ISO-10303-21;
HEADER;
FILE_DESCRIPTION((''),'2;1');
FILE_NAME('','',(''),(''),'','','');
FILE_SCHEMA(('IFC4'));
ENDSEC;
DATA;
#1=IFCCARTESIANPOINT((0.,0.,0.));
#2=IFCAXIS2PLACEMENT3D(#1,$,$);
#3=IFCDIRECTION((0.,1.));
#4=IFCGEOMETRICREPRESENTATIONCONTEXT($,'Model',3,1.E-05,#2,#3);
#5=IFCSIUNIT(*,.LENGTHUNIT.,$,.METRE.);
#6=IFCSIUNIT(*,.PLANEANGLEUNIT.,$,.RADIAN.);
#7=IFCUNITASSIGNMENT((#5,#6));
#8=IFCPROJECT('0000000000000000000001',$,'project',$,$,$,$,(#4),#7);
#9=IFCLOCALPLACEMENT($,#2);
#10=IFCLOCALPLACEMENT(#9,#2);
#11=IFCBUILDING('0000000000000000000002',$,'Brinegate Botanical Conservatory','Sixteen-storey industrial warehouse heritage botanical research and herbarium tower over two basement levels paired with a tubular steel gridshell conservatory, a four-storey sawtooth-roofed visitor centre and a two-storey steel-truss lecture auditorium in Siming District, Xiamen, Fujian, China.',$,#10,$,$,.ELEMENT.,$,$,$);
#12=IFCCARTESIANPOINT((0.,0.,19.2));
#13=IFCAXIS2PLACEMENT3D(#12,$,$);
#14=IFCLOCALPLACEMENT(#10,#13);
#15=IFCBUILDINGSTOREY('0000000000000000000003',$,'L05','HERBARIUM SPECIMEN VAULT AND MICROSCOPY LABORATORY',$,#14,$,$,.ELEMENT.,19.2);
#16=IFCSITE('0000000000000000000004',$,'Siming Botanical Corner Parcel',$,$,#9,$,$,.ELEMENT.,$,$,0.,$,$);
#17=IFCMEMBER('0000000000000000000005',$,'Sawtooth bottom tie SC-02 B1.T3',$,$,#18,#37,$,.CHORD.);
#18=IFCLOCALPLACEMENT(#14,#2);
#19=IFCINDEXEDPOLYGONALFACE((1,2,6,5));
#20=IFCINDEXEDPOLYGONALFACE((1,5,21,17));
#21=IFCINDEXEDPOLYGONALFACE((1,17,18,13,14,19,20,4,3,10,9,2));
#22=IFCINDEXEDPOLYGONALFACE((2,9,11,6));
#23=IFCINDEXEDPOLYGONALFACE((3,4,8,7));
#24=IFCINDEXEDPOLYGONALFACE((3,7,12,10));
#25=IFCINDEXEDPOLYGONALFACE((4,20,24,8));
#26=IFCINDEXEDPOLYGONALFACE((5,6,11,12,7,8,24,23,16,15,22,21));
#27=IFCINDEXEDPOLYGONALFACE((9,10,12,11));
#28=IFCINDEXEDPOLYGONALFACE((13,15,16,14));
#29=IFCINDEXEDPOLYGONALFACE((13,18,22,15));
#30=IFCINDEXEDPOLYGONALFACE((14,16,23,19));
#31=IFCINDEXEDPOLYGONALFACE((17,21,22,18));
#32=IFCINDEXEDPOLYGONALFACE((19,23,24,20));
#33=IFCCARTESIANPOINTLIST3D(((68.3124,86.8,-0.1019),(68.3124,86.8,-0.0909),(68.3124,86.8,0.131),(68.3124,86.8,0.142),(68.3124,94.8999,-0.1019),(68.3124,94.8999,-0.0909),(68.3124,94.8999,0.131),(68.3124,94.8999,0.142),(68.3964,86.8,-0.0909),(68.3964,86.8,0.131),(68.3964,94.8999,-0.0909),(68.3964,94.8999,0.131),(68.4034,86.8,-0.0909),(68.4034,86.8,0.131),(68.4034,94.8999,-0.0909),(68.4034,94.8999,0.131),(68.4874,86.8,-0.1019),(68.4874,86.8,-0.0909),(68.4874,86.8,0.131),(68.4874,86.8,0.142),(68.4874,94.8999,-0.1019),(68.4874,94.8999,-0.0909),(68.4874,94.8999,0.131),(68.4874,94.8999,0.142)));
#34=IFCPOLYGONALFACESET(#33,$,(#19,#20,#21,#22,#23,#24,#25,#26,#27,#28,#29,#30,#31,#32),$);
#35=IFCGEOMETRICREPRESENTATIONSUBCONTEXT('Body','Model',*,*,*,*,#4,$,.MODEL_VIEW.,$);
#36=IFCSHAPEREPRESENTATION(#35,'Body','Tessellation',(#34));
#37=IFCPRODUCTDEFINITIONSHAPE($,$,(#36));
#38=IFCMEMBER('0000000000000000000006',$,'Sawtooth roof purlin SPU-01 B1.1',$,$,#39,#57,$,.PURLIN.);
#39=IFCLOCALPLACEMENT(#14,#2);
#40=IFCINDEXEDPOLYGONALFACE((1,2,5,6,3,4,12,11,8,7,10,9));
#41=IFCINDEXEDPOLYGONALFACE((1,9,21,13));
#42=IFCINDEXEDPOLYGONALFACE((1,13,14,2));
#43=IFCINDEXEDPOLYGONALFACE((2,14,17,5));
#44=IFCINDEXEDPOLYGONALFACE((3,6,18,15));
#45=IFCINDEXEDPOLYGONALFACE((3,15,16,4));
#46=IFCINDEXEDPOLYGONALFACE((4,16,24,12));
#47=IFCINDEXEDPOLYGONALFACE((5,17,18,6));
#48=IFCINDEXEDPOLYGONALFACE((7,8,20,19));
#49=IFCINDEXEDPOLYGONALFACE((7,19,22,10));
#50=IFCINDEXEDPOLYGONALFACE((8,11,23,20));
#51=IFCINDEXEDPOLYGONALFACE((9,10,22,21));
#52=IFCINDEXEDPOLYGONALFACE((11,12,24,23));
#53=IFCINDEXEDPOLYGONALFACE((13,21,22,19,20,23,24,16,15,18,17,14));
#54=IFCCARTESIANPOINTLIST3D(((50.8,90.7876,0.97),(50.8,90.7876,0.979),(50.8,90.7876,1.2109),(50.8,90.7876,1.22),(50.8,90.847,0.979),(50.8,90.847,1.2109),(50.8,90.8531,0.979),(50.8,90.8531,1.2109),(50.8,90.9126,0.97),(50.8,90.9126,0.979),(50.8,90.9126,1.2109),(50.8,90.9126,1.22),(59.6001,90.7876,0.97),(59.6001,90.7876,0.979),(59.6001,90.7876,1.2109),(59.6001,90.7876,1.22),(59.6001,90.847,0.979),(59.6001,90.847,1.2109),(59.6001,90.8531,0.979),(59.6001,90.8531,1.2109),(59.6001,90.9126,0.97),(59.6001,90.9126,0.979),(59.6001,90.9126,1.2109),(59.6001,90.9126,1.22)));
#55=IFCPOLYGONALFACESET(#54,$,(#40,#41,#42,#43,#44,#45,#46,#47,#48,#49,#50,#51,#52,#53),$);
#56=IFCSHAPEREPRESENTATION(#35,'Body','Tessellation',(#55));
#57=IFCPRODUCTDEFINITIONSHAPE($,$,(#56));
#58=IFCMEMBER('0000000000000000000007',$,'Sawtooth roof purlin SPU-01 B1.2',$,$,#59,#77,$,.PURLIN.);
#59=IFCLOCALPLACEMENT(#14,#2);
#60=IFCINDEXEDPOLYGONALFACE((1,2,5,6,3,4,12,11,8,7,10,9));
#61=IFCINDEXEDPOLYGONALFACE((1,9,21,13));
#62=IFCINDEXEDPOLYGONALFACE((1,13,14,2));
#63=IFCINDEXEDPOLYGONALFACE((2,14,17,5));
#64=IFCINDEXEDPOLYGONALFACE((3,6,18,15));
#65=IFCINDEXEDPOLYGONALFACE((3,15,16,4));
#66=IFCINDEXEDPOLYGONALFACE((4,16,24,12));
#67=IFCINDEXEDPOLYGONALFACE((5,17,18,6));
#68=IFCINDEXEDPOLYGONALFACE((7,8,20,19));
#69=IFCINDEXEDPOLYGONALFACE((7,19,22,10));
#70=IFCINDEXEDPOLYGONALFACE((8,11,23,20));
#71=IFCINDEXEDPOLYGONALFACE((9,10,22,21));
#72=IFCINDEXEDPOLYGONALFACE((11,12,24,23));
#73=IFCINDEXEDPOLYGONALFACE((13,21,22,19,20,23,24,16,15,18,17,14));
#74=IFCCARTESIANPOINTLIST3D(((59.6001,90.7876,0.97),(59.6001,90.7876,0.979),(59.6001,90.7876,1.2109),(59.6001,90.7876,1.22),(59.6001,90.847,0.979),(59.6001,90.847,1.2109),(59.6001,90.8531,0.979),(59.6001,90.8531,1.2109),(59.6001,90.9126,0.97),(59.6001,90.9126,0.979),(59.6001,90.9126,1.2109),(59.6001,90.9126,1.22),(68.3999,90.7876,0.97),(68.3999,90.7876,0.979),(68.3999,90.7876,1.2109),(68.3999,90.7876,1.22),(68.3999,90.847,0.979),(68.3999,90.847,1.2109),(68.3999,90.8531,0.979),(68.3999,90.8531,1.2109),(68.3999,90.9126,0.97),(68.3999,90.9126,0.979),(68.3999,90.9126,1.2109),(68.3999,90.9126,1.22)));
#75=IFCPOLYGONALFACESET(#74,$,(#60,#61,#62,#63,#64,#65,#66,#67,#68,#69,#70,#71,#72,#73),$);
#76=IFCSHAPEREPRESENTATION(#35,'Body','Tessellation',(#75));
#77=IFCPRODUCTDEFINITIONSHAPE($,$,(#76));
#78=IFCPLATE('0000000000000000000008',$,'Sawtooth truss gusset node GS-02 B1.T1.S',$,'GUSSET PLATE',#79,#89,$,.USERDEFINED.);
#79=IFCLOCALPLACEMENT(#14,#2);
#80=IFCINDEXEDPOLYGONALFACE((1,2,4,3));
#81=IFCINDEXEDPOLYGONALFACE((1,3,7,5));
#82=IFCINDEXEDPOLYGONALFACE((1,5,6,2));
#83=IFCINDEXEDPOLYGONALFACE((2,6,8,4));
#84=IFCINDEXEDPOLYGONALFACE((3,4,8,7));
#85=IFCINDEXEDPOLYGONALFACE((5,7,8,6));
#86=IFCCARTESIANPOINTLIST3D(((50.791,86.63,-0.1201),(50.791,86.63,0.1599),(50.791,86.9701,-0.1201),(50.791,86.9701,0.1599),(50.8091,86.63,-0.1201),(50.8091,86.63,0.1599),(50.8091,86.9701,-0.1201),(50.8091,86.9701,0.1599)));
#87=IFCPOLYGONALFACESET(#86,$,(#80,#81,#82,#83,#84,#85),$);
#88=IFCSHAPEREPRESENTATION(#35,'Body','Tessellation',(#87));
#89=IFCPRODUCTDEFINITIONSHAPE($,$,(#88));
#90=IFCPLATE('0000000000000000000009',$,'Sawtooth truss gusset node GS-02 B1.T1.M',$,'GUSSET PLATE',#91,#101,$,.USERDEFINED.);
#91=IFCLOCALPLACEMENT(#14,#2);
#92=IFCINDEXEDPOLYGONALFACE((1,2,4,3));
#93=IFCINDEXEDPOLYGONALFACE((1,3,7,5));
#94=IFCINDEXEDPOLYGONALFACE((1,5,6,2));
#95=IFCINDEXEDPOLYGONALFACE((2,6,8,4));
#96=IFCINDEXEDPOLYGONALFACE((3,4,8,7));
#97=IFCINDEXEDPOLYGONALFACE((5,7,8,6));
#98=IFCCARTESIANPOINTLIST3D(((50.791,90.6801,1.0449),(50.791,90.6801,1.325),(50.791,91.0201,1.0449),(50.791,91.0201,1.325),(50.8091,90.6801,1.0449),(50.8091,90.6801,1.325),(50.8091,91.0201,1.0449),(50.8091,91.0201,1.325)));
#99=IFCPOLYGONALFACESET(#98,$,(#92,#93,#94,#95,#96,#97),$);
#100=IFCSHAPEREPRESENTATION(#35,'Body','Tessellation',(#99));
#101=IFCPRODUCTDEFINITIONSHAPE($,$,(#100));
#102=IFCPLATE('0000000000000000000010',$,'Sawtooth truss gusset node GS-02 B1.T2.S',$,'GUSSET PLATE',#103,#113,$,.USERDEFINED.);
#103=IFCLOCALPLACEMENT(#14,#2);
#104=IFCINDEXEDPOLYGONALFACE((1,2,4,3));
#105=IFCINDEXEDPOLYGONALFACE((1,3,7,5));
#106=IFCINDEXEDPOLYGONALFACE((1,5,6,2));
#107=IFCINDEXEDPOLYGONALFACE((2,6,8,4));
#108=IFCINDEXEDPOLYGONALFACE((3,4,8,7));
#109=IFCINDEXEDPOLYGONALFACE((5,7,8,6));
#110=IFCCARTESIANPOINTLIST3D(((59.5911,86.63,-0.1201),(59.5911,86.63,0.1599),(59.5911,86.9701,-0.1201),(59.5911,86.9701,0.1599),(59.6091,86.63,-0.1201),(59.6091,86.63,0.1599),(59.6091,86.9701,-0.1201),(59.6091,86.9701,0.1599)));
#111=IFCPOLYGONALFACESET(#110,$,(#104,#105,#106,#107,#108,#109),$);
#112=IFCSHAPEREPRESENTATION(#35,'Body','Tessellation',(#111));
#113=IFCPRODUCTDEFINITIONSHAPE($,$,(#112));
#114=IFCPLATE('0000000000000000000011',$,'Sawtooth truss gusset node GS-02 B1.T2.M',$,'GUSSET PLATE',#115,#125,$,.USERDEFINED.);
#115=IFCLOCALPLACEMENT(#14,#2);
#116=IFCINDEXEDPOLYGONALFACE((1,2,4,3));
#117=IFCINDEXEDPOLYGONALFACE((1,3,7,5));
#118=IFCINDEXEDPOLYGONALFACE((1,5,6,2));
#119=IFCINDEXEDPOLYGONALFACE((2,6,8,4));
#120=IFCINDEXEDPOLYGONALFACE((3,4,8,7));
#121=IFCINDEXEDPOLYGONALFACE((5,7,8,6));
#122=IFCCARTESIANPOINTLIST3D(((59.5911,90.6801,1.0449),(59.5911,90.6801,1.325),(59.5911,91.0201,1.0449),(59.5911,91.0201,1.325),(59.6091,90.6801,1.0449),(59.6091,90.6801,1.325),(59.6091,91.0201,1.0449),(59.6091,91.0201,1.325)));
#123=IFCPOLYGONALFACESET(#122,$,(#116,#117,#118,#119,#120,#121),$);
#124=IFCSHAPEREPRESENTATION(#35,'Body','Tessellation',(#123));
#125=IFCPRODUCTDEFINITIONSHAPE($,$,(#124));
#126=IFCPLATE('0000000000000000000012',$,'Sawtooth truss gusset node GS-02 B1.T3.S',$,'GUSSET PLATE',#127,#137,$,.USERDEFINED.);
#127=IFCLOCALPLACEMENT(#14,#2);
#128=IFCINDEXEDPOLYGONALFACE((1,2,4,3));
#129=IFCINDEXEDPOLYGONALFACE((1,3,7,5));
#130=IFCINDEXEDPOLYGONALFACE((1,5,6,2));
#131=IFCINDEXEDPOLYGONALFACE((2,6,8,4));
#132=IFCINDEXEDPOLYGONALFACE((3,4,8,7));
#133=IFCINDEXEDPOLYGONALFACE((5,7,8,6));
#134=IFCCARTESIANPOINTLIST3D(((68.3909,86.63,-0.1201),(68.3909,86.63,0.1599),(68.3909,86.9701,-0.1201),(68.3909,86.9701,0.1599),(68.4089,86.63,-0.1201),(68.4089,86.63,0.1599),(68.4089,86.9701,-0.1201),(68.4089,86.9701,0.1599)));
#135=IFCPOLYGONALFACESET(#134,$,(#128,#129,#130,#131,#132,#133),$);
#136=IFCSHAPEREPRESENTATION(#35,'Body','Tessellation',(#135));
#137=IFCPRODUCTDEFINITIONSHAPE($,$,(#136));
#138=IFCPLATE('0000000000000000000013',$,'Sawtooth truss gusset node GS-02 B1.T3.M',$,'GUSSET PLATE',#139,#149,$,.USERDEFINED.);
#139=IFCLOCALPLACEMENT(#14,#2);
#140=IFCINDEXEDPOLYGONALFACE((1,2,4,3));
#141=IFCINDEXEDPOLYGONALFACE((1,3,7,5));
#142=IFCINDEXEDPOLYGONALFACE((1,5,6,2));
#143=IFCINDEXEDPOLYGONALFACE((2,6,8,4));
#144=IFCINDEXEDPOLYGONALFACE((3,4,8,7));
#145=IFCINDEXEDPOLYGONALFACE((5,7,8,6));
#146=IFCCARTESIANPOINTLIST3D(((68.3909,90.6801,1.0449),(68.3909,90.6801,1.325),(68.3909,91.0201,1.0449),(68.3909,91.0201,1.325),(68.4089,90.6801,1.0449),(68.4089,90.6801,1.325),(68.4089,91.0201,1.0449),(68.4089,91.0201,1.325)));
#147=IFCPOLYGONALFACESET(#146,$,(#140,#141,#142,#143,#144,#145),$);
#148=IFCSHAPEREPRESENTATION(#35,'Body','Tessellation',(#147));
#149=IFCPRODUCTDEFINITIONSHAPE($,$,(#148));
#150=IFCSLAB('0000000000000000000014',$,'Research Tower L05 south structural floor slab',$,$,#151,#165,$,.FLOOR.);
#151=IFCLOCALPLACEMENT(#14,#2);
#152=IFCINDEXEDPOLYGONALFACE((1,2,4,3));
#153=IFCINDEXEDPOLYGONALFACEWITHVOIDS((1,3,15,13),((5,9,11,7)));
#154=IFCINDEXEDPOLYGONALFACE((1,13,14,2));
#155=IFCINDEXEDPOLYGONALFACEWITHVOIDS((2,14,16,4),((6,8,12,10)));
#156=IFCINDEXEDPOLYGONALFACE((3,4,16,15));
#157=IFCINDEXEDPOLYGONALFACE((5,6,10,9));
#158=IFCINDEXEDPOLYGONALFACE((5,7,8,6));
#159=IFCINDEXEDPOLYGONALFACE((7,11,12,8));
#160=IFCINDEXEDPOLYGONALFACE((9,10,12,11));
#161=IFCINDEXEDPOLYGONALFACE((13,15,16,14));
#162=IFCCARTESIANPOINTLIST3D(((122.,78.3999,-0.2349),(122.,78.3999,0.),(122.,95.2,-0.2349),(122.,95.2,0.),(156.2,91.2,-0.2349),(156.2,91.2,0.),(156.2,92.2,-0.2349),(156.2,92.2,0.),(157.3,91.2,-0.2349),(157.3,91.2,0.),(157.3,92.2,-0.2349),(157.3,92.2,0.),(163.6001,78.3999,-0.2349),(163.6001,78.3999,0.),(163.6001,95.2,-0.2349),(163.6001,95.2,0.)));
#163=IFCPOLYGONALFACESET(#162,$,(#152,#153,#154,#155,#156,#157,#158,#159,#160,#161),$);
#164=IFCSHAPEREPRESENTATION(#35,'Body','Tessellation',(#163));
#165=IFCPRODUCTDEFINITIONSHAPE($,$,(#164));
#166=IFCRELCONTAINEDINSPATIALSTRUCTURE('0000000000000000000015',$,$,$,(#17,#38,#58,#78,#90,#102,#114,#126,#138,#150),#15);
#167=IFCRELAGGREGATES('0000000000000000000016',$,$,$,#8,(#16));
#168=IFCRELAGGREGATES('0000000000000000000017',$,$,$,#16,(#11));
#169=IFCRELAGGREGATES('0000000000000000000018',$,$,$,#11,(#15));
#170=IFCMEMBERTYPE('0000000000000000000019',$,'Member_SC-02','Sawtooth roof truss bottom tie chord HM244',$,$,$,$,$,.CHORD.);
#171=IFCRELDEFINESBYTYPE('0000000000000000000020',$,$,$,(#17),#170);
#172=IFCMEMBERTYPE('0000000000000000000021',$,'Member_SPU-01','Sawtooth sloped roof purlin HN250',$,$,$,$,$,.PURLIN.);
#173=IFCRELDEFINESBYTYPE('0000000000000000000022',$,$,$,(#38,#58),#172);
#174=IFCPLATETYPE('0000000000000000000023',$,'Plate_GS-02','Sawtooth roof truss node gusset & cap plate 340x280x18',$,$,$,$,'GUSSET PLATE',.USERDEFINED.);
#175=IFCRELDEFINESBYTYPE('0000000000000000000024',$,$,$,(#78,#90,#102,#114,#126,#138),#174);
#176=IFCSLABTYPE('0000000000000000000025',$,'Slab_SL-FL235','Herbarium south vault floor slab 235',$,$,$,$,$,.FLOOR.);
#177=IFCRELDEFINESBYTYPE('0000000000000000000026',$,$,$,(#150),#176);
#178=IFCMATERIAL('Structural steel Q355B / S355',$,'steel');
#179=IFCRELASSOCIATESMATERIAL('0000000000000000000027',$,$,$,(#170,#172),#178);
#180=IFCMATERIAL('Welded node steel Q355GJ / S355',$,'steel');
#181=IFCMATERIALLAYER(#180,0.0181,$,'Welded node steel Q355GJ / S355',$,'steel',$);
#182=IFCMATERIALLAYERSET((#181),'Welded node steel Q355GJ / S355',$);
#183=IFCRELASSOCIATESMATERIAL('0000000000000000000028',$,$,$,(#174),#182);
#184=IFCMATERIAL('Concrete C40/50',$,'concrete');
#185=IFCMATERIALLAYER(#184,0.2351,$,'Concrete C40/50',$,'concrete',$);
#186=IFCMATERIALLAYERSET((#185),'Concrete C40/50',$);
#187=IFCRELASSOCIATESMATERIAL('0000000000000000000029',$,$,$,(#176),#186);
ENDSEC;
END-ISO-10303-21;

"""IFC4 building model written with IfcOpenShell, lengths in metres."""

from ifc_helpers import new_model, si_unit, direction, frame, origin, origin_2d, place, context, subcontext, project, spatial, polyline, rectangle, i_section, outline, extrude, material, layer, layer_set, material_profile, profile_set, type_object, element, save


model = new_model("IFC4")

# Units and contexts
model_context = context("Model", 3, precision=1e-05, world=origin(), true_north=direction((0.0, 1.0)))
body_context = subcontext(model_context, "Body", "Model", "MODEL_VIEW")
ifc_project = project(units=[si_unit("LENGTHUNIT", "METRE"), si_unit("PLANEANGLEUNIT", "RADIAN")], contexts=[model_context])

# Site, building, storey
site_placement = place(None, origin())
site = spatial("IfcSite", under=ifc_project, at=site_placement, Name="Siming Botanical Corner Parcel", CompositionType="ELEMENT", RefElevation=0.0)
building_placement = place(site_placement, origin())
building = spatial("IfcBuilding", under=site, at=building_placement, Name="Brinegate Botanical Conservatory", Description="Sixteen-storey industrial warehouse heritage botanical research and herbarium tower over two basement levels paired with a tubular steel gridshell conservatory, a four-storey sawtooth-roofed visitor centre and a two-storey steel-truss lecture auditorium in Siming District, Xiamen, Fujian, China.", CompositionType="ELEMENT")
storey_placement = place(building_placement, frame((0.0, 0.0, 19.2)))
storey = spatial("IfcBuildingStorey", under=building, at=storey_placement, Name="L05", Description="HERBARIUM SPECIMEN VAULT AND MICROSCOPY LABORATORY", CompositionType="ELEMENT", Elevation=19.2)

# Shared definitions
ifc_material_1 = material(Name="Structural steel Q355B / S355", Category="steel")

# Members
ifc_material_profile_1 = material_profile(ifc_material_1, i_section(OverallWidth=0.175, OverallDepth=0.2439, WebThickness=0.0071, FlangeThickness=0.011, at=origin_2d()), Name="HM 244x175x7x11")
ifc_profile_set_1 = profile_set([ifc_material_profile_1], Name="Structural steel Q355B / S355")
member_type_1 = type_object("IfcMemberType", Name="Member_SC-02", Description="Sawtooth roof truss bottom tie chord HM244", PredefinedType="CHORD", material=ifc_profile_set_1)
for number, where, z_axis, x_axis, name in (
    (1, (68.3999, 86.8, 0.02), (0.0, 1.0, 0.0), (-1.0, 0.0, 0.0), "Sawtooth bottom tie SC-02 B1.T3"),
):
    element("IfcMember", number, at=place(storey_placement, frame(where, z_axis=z_axis, x_axis=x_axis)), inside=storey, type_object=member_type_1, Name=name, PredefinedType="CHORD", context=body_context, shape_type="SweptSolid", body=[
        extrude(i_section(OverallWidth=0.175, OverallDepth=0.2439, WebThickness=0.0071, FlangeThickness=0.011, at=origin_2d()), origin(), (0.0, 0.0, 1.0), 8.0999),
    ])
ifc_material_profile_2 = material_profile(ifc_material_1, i_section(OverallWidth=0.125, OverallDepth=0.25, WebThickness=0.0061, FlangeThickness=0.009, at=origin_2d()), Name="HN 250x125x6x9")
ifc_profile_set_2 = profile_set([ifc_material_profile_2], Name="Structural steel Q355B / S355")
member_type_2 = type_object("IfcMemberType", Name="Member_SPU-01", Description="Sawtooth sloped roof purlin HN250", PredefinedType="PURLIN", material=ifc_profile_set_2)
member_1_placement = place(storey_placement, frame((50.8, 90.8501, 1.095), z_axis=(1.0, 0.0, 0.0), x_axis=(0.0, 1.0, 0.0)))
element("IfcMember", 2, at=member_1_placement, inside=storey, type_object=member_type_2, Name="Sawtooth roof purlin SPU-01 B1.1", PredefinedType="PURLIN", context=body_context, shape_type="SweptSolid", body=[
    extrude(i_section(OverallWidth=0.125, OverallDepth=0.25, WebThickness=0.0061, FlangeThickness=0.009, at=origin_2d()), origin(), (0.0, 0.0, 1.0), 8.8),
])
member_2_placement = place(storey_placement, frame((59.6001, 90.8501, 1.095), z_axis=(1.0, 0.0, 0.0), x_axis=(0.0, 1.0, 0.0)))
element("IfcMember", 3, at=member_2_placement, inside=storey, type_object=member_type_2, Name="Sawtooth roof purlin SPU-01 B1.2", PredefinedType="PURLIN", context=body_context, shape_type="SweptSolid", body=[
    extrude(i_section(OverallWidth=0.125, OverallDepth=0.25, WebThickness=0.0061, FlangeThickness=0.009, at=origin_2d()), origin(), (0.0, 0.0, 1.0), 8.7998),
])

# Plates
ifc_material_2 = material(Name="Welded node steel Q355GJ / S355", Category="steel")
ifc_layer_1 = layer(ifc_material_2, 0.0181, Name="Welded node steel Q355GJ / S355", Category="steel")
ifc_layer_set_1 = layer_set([ifc_layer_1], Name="Welded node steel Q355GJ / S355")
plate_type = type_object("IfcPlateType", Name="Plate_GS-02", Description="Sawtooth roof truss node gusset & cap plate 340x280x18", ElementType="GUSSET PLATE", PredefinedType="USERDEFINED", material=ifc_layer_set_1)
for number, where, z_axis, x_axis, name in (
    (4, (50.8, 86.8, -0.1201), (0.0, 0.0, 1.0), (1.0, 0.0, 0.0), "Sawtooth truss gusset node GS-02 B1.T1.S"),
    (5, (50.8, 90.8501, 1.0449), (0.0, 0.0, 1.0), (1.0, 0.0, 0.0), "Sawtooth truss gusset node GS-02 B1.T1.M"),
    (6, (59.6001, 86.8, -0.1201), (0.0, 0.0, 1.0), (1.0, 0.0, 0.0), "Sawtooth truss gusset node GS-02 B1.T2.S"),
    (7, (59.6001, 90.8501, 1.0449), (0.0, 0.0, 1.0), (1.0, 0.0, 0.0), "Sawtooth truss gusset node GS-02 B1.T2.M"),
    (8, (68.3999, 86.8, -0.1201), (0.0, 0.0, 1.0), (1.0, 0.0, 0.0), "Sawtooth truss gusset node GS-02 B1.T3.S"),
    (9, (68.3999, 90.8501, 1.0449), (0.0, 0.0, 1.0), (1.0, 0.0, 0.0), "Sawtooth truss gusset node GS-02 B1.T3.M"),
):
    element("IfcPlate", number, at=place(storey_placement, frame(where, z_axis=z_axis, x_axis=x_axis)), inside=storey, type_object=plate_type, Name=name, ObjectType="GUSSET PLATE", PredefinedType="USERDEFINED", context=body_context, shape_type="SweptSolid", body=[
        extrude(rectangle(XDim=0.0181, YDim=0.3401, at=origin_2d()), origin(), (0.0, 0.0, 1.0), 0.28),
    ])

# Slab
ifc_material_3 = material(Name="Concrete C40/50", Category="concrete")
ifc_layer_2 = layer(ifc_material_3, 0.2351, Name="Concrete C40/50", Category="concrete")
ifc_layer_set_2 = layer_set([ifc_layer_2], Name="Concrete C40/50")
slab_type_1 = type_object("IfcSlabType", Name="Slab_SL-FL235", Description="Herbarium south vault floor slab 235", PredefinedType="FLOOR", material=ifc_layer_set_2)
slab_1_placement = place(storey_placement, frame((0.0, 0.0, -0.2349)))
element("IfcSlab", 10, at=slab_1_placement, inside=storey, type_object=slab_type_1, Name="Research Tower L05 south structural floor slab", PredefinedType="FLOOR", context=body_context, shape_type="SweptSolid", body=[
    extrude(outline(polyline([(163.6001, 78.3999), (122.0, 78.3999), (122.0, 95.2), (163.6001, 95.2), (163.6001, 78.3999)]), holes=[polyline([(156.2, 91.2), (157.3, 91.2), (157.3, 92.2), (156.2, 92.2), (156.2, 91.2)])]), origin(), (0.0, 0.0, 1.0), 0.2349),
])

save(model, "model.ifc")
